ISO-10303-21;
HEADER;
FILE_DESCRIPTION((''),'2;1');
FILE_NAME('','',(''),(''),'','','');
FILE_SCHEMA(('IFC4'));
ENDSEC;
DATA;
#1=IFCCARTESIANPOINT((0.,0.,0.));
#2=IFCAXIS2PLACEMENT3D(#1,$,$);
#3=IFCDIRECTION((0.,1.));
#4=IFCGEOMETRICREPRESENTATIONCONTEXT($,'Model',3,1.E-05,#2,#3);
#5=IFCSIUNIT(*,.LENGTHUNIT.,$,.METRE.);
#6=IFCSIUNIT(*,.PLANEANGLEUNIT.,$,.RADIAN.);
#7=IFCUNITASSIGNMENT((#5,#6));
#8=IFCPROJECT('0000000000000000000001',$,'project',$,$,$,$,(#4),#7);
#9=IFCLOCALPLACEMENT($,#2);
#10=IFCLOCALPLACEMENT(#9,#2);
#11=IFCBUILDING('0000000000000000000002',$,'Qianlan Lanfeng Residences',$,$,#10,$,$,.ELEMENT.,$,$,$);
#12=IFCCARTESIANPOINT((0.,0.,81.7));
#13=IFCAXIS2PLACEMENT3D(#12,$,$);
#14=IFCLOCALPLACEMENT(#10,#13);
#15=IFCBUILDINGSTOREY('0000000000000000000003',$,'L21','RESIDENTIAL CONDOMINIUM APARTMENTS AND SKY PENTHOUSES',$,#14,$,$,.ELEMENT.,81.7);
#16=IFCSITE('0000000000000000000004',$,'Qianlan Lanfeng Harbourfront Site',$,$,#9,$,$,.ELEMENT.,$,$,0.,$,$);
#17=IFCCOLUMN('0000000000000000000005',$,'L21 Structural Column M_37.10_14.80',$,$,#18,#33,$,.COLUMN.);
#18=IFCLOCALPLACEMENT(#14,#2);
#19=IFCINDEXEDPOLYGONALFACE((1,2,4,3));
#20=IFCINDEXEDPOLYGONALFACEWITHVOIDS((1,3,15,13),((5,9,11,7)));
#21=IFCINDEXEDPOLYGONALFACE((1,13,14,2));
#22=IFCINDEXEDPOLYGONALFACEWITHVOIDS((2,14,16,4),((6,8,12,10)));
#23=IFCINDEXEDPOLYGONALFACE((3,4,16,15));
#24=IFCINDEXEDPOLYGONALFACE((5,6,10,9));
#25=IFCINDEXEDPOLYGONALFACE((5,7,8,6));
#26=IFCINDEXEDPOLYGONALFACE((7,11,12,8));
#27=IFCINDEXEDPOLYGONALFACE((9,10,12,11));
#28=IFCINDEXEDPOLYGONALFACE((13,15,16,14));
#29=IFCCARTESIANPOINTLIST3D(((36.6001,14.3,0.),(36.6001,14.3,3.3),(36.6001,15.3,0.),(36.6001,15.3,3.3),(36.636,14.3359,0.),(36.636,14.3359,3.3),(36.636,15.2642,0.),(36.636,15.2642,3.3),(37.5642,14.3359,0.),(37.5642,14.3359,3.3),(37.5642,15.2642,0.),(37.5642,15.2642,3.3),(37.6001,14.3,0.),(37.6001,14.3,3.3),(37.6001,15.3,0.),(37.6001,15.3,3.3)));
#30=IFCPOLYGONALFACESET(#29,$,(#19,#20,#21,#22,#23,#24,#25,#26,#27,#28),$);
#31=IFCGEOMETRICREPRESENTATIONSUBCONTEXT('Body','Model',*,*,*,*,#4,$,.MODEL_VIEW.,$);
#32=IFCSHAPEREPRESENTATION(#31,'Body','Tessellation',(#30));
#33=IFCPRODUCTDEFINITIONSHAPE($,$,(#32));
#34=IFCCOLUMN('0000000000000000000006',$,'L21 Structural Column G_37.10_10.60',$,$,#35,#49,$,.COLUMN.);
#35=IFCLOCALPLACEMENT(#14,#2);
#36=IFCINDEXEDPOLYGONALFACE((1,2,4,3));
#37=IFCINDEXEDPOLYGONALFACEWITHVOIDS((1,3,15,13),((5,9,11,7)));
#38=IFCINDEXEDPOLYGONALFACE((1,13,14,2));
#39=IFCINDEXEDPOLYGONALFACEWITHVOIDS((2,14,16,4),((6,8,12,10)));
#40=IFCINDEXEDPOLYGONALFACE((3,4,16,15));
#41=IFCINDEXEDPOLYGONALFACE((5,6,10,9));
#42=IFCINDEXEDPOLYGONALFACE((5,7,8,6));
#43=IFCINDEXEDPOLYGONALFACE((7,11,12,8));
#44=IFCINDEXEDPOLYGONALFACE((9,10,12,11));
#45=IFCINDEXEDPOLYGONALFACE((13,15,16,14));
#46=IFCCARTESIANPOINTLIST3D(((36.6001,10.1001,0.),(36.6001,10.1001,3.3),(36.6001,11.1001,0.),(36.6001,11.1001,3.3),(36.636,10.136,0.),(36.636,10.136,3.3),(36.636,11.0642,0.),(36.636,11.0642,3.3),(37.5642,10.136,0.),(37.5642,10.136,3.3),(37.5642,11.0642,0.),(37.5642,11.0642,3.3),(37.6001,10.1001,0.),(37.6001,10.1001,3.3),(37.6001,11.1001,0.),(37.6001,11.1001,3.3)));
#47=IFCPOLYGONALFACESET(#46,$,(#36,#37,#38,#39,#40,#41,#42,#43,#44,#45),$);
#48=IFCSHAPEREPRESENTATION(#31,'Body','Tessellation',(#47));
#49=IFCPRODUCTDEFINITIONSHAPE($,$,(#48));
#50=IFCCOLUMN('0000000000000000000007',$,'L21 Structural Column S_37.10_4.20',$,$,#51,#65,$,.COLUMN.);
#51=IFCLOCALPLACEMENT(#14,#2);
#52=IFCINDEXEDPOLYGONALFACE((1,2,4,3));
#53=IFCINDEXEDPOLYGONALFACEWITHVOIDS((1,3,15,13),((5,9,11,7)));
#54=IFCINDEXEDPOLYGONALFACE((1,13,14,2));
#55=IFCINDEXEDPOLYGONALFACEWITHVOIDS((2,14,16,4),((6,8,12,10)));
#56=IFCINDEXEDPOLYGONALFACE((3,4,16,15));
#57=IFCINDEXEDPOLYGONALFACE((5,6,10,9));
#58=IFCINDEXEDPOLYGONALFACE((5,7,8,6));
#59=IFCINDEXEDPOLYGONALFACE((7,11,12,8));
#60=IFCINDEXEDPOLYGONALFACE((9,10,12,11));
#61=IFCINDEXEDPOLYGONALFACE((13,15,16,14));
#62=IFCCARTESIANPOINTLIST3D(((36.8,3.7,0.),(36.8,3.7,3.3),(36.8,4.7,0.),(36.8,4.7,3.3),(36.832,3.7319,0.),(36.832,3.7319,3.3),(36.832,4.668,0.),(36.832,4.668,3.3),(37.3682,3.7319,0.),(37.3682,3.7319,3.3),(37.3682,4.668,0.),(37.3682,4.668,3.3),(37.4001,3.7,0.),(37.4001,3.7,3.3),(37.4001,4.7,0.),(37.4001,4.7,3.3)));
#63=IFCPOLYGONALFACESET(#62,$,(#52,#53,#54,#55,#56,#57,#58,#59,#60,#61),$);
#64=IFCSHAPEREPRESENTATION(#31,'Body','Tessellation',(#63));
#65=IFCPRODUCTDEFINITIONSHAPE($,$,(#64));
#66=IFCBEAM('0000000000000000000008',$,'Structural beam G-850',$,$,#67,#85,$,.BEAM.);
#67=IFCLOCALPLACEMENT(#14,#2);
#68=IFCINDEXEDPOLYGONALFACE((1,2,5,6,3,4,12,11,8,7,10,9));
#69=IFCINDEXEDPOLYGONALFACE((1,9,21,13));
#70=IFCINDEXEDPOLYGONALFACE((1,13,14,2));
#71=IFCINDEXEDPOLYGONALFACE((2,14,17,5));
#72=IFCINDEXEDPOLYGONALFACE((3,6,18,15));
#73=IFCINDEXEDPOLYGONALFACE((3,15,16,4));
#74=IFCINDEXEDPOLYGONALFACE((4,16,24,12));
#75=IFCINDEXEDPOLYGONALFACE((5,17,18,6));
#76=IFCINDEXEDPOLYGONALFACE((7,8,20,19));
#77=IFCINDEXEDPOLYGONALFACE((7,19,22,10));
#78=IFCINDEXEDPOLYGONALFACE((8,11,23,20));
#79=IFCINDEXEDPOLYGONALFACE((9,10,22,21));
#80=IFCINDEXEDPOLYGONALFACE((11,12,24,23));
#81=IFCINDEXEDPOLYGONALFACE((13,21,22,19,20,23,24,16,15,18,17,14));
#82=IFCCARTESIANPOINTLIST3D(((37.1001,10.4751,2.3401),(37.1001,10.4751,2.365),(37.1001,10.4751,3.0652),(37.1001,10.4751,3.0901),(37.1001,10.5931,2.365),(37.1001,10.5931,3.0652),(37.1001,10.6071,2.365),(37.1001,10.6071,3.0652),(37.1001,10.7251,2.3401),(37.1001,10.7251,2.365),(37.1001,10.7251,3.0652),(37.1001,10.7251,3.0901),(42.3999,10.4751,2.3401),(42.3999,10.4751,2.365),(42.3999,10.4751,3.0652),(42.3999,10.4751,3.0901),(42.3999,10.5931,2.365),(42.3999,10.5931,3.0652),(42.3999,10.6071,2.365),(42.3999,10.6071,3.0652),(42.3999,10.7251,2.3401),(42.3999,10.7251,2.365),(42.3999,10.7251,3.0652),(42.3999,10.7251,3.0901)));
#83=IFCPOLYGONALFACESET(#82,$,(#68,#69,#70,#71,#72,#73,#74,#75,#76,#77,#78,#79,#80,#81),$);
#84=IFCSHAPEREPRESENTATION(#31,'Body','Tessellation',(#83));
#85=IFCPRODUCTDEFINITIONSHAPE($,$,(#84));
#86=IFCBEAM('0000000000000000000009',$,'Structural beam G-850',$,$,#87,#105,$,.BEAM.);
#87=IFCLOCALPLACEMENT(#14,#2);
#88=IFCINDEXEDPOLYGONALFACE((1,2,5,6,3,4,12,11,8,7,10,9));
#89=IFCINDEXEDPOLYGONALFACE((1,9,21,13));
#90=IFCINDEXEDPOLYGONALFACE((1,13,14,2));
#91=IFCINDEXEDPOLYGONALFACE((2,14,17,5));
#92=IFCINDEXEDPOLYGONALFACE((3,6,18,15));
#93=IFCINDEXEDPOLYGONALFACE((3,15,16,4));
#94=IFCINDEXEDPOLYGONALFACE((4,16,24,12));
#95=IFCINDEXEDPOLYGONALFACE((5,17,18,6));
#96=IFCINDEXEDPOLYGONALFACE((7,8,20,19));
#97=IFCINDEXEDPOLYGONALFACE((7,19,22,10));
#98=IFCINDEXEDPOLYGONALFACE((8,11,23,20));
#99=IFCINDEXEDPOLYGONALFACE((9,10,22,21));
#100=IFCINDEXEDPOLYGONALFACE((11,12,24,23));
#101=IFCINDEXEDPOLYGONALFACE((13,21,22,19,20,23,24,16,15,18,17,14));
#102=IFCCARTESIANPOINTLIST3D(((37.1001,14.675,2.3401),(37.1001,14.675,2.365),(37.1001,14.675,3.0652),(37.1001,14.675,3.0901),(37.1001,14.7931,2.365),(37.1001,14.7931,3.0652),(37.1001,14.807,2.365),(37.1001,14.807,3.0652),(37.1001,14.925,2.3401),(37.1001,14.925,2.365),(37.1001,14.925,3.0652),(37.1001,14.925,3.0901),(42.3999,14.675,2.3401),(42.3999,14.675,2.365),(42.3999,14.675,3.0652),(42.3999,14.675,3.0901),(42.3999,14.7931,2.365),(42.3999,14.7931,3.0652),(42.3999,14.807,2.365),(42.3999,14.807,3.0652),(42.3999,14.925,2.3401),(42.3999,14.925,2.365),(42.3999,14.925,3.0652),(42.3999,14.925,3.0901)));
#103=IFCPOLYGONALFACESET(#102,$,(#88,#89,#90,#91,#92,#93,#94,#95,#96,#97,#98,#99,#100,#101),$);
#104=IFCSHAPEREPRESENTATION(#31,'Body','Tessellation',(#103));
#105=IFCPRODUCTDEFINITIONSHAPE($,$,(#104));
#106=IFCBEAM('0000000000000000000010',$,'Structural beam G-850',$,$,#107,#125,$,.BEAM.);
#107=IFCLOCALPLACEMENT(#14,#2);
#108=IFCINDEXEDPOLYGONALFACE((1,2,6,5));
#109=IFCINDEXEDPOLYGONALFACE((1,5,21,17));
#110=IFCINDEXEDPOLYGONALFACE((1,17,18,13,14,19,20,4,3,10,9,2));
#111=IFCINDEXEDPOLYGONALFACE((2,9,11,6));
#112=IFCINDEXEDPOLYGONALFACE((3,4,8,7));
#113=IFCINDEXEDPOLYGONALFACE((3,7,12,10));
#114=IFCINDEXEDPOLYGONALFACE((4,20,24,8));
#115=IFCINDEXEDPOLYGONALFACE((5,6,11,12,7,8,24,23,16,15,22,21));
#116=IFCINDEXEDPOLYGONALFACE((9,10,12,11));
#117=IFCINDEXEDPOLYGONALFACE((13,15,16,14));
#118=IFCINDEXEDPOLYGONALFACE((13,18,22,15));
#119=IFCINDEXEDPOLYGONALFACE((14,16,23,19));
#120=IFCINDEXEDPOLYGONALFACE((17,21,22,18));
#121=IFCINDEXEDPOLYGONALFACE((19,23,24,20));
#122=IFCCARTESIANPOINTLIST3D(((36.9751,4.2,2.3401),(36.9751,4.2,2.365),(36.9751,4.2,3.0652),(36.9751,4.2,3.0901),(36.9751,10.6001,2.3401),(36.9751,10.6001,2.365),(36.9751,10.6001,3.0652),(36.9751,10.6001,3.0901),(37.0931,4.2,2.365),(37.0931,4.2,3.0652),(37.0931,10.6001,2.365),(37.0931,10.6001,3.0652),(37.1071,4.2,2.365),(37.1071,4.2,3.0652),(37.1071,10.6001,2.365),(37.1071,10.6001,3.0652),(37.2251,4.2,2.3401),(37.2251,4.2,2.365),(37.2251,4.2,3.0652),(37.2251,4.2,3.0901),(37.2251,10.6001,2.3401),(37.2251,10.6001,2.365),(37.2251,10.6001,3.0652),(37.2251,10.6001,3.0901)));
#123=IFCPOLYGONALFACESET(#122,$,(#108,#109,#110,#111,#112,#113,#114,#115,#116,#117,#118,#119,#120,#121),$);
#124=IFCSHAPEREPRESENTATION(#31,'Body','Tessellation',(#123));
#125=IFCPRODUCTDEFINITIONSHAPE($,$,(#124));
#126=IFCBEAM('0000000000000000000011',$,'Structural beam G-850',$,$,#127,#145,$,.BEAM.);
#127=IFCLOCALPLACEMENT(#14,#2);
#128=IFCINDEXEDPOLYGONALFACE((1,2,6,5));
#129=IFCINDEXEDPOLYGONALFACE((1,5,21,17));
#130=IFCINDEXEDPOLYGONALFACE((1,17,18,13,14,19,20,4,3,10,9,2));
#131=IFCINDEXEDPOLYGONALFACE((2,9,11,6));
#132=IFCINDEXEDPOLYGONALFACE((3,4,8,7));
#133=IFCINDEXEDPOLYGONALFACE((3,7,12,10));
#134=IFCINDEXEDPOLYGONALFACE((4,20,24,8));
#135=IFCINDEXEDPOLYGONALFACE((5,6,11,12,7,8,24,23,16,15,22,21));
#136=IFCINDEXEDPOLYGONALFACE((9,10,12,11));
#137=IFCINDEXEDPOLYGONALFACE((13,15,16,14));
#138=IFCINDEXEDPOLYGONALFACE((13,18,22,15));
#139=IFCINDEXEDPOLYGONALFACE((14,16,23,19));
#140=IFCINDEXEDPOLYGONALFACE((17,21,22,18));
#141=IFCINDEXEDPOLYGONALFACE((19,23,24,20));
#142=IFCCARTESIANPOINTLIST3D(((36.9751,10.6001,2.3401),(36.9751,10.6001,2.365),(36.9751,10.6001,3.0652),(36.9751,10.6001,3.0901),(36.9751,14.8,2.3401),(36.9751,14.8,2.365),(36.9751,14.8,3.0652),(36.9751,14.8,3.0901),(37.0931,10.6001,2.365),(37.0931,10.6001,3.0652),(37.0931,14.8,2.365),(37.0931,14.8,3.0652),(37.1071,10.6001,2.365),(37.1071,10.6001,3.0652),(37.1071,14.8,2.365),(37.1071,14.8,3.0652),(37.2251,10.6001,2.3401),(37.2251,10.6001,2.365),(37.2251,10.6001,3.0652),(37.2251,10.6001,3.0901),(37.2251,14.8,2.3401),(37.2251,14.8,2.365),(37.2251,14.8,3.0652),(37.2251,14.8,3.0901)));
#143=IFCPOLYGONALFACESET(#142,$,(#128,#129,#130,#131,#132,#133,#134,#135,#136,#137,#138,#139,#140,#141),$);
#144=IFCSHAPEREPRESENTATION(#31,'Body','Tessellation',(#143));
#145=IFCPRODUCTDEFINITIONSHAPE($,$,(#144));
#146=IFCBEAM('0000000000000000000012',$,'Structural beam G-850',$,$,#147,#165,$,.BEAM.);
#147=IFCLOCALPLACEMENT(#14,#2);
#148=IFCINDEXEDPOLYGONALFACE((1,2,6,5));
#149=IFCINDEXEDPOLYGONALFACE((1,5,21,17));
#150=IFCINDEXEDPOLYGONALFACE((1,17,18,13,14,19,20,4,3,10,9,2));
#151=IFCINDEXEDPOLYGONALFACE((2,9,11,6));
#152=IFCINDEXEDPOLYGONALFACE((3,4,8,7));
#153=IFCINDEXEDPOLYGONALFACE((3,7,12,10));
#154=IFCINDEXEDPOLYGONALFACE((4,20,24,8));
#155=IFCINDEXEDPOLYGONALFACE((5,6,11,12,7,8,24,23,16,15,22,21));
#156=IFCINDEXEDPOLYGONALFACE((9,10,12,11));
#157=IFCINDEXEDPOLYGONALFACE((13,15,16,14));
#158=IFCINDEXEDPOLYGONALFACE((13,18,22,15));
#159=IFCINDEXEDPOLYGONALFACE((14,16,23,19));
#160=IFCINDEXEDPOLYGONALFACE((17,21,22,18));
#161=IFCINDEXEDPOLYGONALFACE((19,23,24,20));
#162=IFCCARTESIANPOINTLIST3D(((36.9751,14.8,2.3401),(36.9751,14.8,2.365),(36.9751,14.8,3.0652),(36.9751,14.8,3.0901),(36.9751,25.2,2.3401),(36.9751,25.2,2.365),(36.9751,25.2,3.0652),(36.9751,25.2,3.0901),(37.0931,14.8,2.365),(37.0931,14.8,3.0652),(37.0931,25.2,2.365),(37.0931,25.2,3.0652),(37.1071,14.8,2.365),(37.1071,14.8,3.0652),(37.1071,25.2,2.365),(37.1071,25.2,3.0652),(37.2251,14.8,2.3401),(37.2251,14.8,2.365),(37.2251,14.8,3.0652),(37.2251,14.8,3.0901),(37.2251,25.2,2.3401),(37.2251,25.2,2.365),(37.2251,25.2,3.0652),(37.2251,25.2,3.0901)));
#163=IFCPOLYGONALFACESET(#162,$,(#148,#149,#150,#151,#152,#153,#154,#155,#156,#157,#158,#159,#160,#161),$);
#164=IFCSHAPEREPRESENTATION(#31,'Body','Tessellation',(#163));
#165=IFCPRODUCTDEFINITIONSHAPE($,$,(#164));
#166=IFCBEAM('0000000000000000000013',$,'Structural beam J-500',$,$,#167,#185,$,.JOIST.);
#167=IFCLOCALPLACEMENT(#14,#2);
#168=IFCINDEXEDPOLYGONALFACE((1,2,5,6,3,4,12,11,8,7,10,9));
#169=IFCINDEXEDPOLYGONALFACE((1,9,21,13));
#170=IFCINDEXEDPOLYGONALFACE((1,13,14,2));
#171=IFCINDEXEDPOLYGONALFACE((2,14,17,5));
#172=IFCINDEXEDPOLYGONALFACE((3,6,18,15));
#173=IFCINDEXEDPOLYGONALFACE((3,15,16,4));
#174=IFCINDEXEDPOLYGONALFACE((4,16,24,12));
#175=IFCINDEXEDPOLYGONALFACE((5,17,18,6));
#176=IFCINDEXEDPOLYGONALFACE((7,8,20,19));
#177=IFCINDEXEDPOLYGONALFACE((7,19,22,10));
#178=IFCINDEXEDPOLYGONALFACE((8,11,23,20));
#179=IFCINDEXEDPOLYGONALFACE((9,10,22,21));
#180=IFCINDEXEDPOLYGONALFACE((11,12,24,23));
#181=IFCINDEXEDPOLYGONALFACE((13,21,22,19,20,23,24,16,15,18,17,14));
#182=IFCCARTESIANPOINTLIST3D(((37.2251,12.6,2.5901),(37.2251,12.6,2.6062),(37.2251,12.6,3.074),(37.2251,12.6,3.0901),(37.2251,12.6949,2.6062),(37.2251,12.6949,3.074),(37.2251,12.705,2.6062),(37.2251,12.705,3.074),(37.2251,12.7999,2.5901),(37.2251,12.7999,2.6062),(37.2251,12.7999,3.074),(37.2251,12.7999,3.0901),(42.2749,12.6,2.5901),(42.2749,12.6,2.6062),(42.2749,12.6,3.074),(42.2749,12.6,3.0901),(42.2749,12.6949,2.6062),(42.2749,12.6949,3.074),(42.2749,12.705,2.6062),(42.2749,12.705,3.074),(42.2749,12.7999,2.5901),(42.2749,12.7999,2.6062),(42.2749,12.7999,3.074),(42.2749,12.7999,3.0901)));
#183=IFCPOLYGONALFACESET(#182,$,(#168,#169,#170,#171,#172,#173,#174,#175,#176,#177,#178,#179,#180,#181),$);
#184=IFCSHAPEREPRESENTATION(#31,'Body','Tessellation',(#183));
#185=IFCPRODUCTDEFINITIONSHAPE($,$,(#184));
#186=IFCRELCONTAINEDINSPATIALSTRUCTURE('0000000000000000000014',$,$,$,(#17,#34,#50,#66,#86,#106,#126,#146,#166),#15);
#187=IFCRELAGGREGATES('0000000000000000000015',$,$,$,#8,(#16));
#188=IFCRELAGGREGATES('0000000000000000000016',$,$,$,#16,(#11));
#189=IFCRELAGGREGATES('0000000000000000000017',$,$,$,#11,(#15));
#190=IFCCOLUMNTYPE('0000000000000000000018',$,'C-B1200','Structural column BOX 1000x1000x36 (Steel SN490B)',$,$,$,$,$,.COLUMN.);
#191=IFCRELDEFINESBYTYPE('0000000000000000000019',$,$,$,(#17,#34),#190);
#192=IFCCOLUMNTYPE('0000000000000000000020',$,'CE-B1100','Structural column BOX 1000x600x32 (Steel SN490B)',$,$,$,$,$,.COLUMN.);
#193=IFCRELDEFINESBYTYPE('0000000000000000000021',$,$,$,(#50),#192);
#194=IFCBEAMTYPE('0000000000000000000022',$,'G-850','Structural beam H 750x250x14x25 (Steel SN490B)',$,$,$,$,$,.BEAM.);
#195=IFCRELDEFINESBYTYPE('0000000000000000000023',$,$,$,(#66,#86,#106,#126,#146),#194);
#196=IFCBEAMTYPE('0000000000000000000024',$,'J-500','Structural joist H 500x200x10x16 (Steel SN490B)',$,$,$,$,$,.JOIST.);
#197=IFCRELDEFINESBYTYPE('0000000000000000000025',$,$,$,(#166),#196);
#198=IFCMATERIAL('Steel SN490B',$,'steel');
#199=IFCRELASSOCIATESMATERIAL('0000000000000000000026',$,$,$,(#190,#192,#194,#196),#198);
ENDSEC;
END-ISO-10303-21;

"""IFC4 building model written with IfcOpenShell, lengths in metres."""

from ifc_helpers import new_model, si_unit, direction, frame, origin, origin_2d, place, context, subcontext, project, spatial, hollow_rectangle, i_section, extrude, material, material_profile, profile_set, type_object, element, save


model = new_model("IFC4")

# Units and contexts
model_context = context("Model", 3, precision=1e-05, world=origin(), true_north=direction((0.0, 1.0)))
body_context = subcontext(model_context, "Body", "Model", "MODEL_VIEW")
ifc_project = project(units=[si_unit("LENGTHUNIT", "METRE"), si_unit("PLANEANGLEUNIT", "RADIAN")], contexts=[model_context])

# Site, building, storey
site_placement = place(None, origin())
site = spatial("IfcSite", under=ifc_project, at=site_placement, Name="Qianlan Lanfeng Harbourfront Site", CompositionType="ELEMENT", RefElevation=0.0)
building_placement = place(site_placement, origin())
building = spatial("IfcBuilding", under=site, at=building_placement, Name="Qianlan Lanfeng Residences", CompositionType="ELEMENT")
storey_placement = place(building_placement, frame((0.0, 0.0, 81.7)))
storey = spatial("IfcBuildingStorey", under=building, at=storey_placement, Name="L21", Description="RESIDENTIAL CONDOMINIUM APARTMENTS AND SKY PENTHOUSES", CompositionType="ELEMENT", Elevation=81.7)

# Columns
ifc_material_1 = material(Name="Steel SN490B", Category="steel")
ifc_material_profile_1 = material_profile(ifc_material_1, hollow_rectangle(XDim=1.0, YDim=1.0, WallThickness=0.0359, at=origin_2d()), Name="BOX 1000x1000x36")
ifc_profile_set_1 = profile_set([ifc_material_profile_1], Name="Steel SN490B")
column_type_1 = type_object("IfcColumnType", Name="C-B1200", Description="Structural column BOX 1000x1000x36 (Steel SN490B)", PredefinedType="COLUMN", material=ifc_profile_set_1)
for number, where, z_axis, x_axis, name in (
    (1, (37.1001, 14.8, 0.0), (0.0, 0.0, 1.0), (1.0, 0.0, 0.0), "L21 Structural Column M_37.10_14.80"),
    (2, (37.1001, 10.6001, 0.0), (0.0, 0.0, 1.0), (1.0, 0.0, 0.0), "L21 Structural Column G_37.10_10.60"),
):
    element("IfcColumn", number, at=place(storey_placement, frame(where, z_axis=z_axis, x_axis=x_axis)), inside=storey, type_object=column_type_1, Name=name, PredefinedType="COLUMN", context=body_context, shape_type="SweptSolid", body=[
        extrude(hollow_rectangle(XDim=1.0, YDim=1.0, WallThickness=0.0359, at=origin_2d()), origin(), (0.0, 0.0, 1.0), 3.3),
    ])
ifc_material_profile_2 = material_profile(ifc_material_1, hollow_rectangle(XDim=0.6001, YDim=1.0, WallThickness=0.032, at=origin_2d()), Name="BOX 1000x600x32")
ifc_profile_set_2 = profile_set([ifc_material_profile_2], Name="Steel SN490B")
column_type_2 = type_object("IfcColumnType", Name="CE-B1100", Description="Structural column BOX 1000x600x32 (Steel SN490B)", PredefinedType="COLUMN", material=ifc_profile_set_2)
column_placement = place(storey_placement, frame((37.1001, 4.2, 0.0), z_axis=(0.0, 0.0, 1.0), x_axis=(1.0, 0.0, 0.0)))
element("IfcColumn", 3, at=column_placement, inside=storey, type_object=column_type_2, Name="L21 Structural Column S_37.10_4.20", PredefinedType="COLUMN", context=body_context, shape_type="SweptSolid", body=[
    extrude(hollow_rectangle(XDim=0.6001, YDim=1.0, WallThickness=0.032, at=origin_2d()), origin(), (0.0, 0.0, 1.0), 3.3),
])

# Beams
ifc_material_profile_3 = material_profile(ifc_material_1, i_section(OverallWidth=0.25, OverallDepth=0.75, WebThickness=0.0139, FlangeThickness=0.0249, at=origin_2d()), Name="H 750x250x14x25")
ifc_profile_set_3 = profile_set([ifc_material_profile_3], Name="Steel SN490B")
beam_type_1 = type_object("IfcBeamType", Name="G-850", Description="Structural beam H 750x250x14x25 (Steel SN490B)", PredefinedType="BEAM", material=ifc_profile_set_3)
for number, where, z_axis, x_axis, name in (
    (4, (37.1001, 10.6001, 2.7151), (1.0, 0.0, 0.0), (0.0, 1.0, 0.0), "Structural beam G-850"),
    (5, (37.1001, 14.8, 2.7151), (1.0, 0.0, 0.0), (0.0, 1.0, 0.0), "Structural beam G-850"),
):
    element("IfcBeam", number, at=place(storey_placement, frame(where, z_axis=z_axis, x_axis=x_axis)), inside=storey, type_object=beam_type_1, Name=name, PredefinedType="BEAM", context=body_context, shape_type="SweptSolid", body=[
        extrude(i_section(OverallWidth=0.25, OverallDepth=0.75, WebThickness=0.0139, FlangeThickness=0.0249, at=origin_2d()), origin(), (0.0, 0.0, 1.0), 5.2998),
    ])
beam_1_placement = place(storey_placement, frame((37.1001, 4.2, 2.7151), z_axis=(0.0, 1.0, 0.0), x_axis=(-1.0, 0.0, 0.0)))
element("IfcBeam", 6, at=beam_1_placement, inside=storey, type_object=beam_type_1, Name="Structural beam G-850", PredefinedType="BEAM", context=body_context, shape_type="SweptSolid", body=[
    extrude(i_section(OverallWidth=0.25, OverallDepth=0.75, WebThickness=0.0139, FlangeThickness=0.0249, at=origin_2d()), origin(), (0.0, 0.0, 1.0), 6.4001),
])
beam_2_placement = place(storey_placement, frame((37.1001, 10.6001, 2.7151), z_axis=(0.0, 1.0, 0.0), x_axis=(-1.0, 0.0, 0.0)))
element("IfcBeam", 7, at=beam_2_placement, inside=storey, type_object=beam_type_1, Name="Structural beam G-850", PredefinedType="BEAM", context=body_context, shape_type="SweptSolid", body=[
    extrude(i_section(OverallWidth=0.25, OverallDepth=0.75, WebThickness=0.0139, FlangeThickness=0.0249, at=origin_2d()), origin(), (0.0, 0.0, 1.0), 4.2),
])
beam_3_placement = place(storey_placement, frame((37.1001, 14.8, 2.7151), z_axis=(0.0, 1.0, 0.0), x_axis=(-1.0, 0.0, 0.0)))
element("IfcBeam", 8, at=beam_3_placement, inside=storey, type_object=beam_type_1, Name="Structural beam G-850", PredefinedType="BEAM", context=body_context, shape_type="SweptSolid", body=[
    extrude(i_section(OverallWidth=0.25, OverallDepth=0.75, WebThickness=0.0139, FlangeThickness=0.0249, at=origin_2d()), origin(), (0.0, 0.0, 1.0), 10.3999),
])
ifc_material_profile_4 = material_profile(ifc_material_1, i_section(OverallWidth=0.2, OverallDepth=0.5, WebThickness=0.01, FlangeThickness=0.0161, at=origin_2d()), Name="H 500x200x10x16")
ifc_profile_set_4 = profile_set([ifc_material_profile_4], Name="Steel SN490B")
beam_type_2 = type_object("IfcBeamType", Name="J-500", Description="Structural joist H 500x200x10x16 (Steel SN490B)", PredefinedType="JOIST", material=ifc_profile_set_4)
beam_4_placement = place(storey_placement, frame((37.2251, 12.7, 2.8401), z_axis=(1.0, 0.0, 0.0), x_axis=(0.0, 1.0, 0.0)))
element("IfcBeam", 9, at=beam_4_placement, inside=storey, type_object=beam_type_2, Name="Structural beam J-500", PredefinedType="JOIST", context=body_context, shape_type="SweptSolid", body=[
    extrude(i_section(OverallWidth=0.2, OverallDepth=0.5, WebThickness=0.01, FlangeThickness=0.0161, at=origin_2d()), origin(), (0.0, 0.0, 1.0), 5.0498),
])

save(model, "model.ifc")
